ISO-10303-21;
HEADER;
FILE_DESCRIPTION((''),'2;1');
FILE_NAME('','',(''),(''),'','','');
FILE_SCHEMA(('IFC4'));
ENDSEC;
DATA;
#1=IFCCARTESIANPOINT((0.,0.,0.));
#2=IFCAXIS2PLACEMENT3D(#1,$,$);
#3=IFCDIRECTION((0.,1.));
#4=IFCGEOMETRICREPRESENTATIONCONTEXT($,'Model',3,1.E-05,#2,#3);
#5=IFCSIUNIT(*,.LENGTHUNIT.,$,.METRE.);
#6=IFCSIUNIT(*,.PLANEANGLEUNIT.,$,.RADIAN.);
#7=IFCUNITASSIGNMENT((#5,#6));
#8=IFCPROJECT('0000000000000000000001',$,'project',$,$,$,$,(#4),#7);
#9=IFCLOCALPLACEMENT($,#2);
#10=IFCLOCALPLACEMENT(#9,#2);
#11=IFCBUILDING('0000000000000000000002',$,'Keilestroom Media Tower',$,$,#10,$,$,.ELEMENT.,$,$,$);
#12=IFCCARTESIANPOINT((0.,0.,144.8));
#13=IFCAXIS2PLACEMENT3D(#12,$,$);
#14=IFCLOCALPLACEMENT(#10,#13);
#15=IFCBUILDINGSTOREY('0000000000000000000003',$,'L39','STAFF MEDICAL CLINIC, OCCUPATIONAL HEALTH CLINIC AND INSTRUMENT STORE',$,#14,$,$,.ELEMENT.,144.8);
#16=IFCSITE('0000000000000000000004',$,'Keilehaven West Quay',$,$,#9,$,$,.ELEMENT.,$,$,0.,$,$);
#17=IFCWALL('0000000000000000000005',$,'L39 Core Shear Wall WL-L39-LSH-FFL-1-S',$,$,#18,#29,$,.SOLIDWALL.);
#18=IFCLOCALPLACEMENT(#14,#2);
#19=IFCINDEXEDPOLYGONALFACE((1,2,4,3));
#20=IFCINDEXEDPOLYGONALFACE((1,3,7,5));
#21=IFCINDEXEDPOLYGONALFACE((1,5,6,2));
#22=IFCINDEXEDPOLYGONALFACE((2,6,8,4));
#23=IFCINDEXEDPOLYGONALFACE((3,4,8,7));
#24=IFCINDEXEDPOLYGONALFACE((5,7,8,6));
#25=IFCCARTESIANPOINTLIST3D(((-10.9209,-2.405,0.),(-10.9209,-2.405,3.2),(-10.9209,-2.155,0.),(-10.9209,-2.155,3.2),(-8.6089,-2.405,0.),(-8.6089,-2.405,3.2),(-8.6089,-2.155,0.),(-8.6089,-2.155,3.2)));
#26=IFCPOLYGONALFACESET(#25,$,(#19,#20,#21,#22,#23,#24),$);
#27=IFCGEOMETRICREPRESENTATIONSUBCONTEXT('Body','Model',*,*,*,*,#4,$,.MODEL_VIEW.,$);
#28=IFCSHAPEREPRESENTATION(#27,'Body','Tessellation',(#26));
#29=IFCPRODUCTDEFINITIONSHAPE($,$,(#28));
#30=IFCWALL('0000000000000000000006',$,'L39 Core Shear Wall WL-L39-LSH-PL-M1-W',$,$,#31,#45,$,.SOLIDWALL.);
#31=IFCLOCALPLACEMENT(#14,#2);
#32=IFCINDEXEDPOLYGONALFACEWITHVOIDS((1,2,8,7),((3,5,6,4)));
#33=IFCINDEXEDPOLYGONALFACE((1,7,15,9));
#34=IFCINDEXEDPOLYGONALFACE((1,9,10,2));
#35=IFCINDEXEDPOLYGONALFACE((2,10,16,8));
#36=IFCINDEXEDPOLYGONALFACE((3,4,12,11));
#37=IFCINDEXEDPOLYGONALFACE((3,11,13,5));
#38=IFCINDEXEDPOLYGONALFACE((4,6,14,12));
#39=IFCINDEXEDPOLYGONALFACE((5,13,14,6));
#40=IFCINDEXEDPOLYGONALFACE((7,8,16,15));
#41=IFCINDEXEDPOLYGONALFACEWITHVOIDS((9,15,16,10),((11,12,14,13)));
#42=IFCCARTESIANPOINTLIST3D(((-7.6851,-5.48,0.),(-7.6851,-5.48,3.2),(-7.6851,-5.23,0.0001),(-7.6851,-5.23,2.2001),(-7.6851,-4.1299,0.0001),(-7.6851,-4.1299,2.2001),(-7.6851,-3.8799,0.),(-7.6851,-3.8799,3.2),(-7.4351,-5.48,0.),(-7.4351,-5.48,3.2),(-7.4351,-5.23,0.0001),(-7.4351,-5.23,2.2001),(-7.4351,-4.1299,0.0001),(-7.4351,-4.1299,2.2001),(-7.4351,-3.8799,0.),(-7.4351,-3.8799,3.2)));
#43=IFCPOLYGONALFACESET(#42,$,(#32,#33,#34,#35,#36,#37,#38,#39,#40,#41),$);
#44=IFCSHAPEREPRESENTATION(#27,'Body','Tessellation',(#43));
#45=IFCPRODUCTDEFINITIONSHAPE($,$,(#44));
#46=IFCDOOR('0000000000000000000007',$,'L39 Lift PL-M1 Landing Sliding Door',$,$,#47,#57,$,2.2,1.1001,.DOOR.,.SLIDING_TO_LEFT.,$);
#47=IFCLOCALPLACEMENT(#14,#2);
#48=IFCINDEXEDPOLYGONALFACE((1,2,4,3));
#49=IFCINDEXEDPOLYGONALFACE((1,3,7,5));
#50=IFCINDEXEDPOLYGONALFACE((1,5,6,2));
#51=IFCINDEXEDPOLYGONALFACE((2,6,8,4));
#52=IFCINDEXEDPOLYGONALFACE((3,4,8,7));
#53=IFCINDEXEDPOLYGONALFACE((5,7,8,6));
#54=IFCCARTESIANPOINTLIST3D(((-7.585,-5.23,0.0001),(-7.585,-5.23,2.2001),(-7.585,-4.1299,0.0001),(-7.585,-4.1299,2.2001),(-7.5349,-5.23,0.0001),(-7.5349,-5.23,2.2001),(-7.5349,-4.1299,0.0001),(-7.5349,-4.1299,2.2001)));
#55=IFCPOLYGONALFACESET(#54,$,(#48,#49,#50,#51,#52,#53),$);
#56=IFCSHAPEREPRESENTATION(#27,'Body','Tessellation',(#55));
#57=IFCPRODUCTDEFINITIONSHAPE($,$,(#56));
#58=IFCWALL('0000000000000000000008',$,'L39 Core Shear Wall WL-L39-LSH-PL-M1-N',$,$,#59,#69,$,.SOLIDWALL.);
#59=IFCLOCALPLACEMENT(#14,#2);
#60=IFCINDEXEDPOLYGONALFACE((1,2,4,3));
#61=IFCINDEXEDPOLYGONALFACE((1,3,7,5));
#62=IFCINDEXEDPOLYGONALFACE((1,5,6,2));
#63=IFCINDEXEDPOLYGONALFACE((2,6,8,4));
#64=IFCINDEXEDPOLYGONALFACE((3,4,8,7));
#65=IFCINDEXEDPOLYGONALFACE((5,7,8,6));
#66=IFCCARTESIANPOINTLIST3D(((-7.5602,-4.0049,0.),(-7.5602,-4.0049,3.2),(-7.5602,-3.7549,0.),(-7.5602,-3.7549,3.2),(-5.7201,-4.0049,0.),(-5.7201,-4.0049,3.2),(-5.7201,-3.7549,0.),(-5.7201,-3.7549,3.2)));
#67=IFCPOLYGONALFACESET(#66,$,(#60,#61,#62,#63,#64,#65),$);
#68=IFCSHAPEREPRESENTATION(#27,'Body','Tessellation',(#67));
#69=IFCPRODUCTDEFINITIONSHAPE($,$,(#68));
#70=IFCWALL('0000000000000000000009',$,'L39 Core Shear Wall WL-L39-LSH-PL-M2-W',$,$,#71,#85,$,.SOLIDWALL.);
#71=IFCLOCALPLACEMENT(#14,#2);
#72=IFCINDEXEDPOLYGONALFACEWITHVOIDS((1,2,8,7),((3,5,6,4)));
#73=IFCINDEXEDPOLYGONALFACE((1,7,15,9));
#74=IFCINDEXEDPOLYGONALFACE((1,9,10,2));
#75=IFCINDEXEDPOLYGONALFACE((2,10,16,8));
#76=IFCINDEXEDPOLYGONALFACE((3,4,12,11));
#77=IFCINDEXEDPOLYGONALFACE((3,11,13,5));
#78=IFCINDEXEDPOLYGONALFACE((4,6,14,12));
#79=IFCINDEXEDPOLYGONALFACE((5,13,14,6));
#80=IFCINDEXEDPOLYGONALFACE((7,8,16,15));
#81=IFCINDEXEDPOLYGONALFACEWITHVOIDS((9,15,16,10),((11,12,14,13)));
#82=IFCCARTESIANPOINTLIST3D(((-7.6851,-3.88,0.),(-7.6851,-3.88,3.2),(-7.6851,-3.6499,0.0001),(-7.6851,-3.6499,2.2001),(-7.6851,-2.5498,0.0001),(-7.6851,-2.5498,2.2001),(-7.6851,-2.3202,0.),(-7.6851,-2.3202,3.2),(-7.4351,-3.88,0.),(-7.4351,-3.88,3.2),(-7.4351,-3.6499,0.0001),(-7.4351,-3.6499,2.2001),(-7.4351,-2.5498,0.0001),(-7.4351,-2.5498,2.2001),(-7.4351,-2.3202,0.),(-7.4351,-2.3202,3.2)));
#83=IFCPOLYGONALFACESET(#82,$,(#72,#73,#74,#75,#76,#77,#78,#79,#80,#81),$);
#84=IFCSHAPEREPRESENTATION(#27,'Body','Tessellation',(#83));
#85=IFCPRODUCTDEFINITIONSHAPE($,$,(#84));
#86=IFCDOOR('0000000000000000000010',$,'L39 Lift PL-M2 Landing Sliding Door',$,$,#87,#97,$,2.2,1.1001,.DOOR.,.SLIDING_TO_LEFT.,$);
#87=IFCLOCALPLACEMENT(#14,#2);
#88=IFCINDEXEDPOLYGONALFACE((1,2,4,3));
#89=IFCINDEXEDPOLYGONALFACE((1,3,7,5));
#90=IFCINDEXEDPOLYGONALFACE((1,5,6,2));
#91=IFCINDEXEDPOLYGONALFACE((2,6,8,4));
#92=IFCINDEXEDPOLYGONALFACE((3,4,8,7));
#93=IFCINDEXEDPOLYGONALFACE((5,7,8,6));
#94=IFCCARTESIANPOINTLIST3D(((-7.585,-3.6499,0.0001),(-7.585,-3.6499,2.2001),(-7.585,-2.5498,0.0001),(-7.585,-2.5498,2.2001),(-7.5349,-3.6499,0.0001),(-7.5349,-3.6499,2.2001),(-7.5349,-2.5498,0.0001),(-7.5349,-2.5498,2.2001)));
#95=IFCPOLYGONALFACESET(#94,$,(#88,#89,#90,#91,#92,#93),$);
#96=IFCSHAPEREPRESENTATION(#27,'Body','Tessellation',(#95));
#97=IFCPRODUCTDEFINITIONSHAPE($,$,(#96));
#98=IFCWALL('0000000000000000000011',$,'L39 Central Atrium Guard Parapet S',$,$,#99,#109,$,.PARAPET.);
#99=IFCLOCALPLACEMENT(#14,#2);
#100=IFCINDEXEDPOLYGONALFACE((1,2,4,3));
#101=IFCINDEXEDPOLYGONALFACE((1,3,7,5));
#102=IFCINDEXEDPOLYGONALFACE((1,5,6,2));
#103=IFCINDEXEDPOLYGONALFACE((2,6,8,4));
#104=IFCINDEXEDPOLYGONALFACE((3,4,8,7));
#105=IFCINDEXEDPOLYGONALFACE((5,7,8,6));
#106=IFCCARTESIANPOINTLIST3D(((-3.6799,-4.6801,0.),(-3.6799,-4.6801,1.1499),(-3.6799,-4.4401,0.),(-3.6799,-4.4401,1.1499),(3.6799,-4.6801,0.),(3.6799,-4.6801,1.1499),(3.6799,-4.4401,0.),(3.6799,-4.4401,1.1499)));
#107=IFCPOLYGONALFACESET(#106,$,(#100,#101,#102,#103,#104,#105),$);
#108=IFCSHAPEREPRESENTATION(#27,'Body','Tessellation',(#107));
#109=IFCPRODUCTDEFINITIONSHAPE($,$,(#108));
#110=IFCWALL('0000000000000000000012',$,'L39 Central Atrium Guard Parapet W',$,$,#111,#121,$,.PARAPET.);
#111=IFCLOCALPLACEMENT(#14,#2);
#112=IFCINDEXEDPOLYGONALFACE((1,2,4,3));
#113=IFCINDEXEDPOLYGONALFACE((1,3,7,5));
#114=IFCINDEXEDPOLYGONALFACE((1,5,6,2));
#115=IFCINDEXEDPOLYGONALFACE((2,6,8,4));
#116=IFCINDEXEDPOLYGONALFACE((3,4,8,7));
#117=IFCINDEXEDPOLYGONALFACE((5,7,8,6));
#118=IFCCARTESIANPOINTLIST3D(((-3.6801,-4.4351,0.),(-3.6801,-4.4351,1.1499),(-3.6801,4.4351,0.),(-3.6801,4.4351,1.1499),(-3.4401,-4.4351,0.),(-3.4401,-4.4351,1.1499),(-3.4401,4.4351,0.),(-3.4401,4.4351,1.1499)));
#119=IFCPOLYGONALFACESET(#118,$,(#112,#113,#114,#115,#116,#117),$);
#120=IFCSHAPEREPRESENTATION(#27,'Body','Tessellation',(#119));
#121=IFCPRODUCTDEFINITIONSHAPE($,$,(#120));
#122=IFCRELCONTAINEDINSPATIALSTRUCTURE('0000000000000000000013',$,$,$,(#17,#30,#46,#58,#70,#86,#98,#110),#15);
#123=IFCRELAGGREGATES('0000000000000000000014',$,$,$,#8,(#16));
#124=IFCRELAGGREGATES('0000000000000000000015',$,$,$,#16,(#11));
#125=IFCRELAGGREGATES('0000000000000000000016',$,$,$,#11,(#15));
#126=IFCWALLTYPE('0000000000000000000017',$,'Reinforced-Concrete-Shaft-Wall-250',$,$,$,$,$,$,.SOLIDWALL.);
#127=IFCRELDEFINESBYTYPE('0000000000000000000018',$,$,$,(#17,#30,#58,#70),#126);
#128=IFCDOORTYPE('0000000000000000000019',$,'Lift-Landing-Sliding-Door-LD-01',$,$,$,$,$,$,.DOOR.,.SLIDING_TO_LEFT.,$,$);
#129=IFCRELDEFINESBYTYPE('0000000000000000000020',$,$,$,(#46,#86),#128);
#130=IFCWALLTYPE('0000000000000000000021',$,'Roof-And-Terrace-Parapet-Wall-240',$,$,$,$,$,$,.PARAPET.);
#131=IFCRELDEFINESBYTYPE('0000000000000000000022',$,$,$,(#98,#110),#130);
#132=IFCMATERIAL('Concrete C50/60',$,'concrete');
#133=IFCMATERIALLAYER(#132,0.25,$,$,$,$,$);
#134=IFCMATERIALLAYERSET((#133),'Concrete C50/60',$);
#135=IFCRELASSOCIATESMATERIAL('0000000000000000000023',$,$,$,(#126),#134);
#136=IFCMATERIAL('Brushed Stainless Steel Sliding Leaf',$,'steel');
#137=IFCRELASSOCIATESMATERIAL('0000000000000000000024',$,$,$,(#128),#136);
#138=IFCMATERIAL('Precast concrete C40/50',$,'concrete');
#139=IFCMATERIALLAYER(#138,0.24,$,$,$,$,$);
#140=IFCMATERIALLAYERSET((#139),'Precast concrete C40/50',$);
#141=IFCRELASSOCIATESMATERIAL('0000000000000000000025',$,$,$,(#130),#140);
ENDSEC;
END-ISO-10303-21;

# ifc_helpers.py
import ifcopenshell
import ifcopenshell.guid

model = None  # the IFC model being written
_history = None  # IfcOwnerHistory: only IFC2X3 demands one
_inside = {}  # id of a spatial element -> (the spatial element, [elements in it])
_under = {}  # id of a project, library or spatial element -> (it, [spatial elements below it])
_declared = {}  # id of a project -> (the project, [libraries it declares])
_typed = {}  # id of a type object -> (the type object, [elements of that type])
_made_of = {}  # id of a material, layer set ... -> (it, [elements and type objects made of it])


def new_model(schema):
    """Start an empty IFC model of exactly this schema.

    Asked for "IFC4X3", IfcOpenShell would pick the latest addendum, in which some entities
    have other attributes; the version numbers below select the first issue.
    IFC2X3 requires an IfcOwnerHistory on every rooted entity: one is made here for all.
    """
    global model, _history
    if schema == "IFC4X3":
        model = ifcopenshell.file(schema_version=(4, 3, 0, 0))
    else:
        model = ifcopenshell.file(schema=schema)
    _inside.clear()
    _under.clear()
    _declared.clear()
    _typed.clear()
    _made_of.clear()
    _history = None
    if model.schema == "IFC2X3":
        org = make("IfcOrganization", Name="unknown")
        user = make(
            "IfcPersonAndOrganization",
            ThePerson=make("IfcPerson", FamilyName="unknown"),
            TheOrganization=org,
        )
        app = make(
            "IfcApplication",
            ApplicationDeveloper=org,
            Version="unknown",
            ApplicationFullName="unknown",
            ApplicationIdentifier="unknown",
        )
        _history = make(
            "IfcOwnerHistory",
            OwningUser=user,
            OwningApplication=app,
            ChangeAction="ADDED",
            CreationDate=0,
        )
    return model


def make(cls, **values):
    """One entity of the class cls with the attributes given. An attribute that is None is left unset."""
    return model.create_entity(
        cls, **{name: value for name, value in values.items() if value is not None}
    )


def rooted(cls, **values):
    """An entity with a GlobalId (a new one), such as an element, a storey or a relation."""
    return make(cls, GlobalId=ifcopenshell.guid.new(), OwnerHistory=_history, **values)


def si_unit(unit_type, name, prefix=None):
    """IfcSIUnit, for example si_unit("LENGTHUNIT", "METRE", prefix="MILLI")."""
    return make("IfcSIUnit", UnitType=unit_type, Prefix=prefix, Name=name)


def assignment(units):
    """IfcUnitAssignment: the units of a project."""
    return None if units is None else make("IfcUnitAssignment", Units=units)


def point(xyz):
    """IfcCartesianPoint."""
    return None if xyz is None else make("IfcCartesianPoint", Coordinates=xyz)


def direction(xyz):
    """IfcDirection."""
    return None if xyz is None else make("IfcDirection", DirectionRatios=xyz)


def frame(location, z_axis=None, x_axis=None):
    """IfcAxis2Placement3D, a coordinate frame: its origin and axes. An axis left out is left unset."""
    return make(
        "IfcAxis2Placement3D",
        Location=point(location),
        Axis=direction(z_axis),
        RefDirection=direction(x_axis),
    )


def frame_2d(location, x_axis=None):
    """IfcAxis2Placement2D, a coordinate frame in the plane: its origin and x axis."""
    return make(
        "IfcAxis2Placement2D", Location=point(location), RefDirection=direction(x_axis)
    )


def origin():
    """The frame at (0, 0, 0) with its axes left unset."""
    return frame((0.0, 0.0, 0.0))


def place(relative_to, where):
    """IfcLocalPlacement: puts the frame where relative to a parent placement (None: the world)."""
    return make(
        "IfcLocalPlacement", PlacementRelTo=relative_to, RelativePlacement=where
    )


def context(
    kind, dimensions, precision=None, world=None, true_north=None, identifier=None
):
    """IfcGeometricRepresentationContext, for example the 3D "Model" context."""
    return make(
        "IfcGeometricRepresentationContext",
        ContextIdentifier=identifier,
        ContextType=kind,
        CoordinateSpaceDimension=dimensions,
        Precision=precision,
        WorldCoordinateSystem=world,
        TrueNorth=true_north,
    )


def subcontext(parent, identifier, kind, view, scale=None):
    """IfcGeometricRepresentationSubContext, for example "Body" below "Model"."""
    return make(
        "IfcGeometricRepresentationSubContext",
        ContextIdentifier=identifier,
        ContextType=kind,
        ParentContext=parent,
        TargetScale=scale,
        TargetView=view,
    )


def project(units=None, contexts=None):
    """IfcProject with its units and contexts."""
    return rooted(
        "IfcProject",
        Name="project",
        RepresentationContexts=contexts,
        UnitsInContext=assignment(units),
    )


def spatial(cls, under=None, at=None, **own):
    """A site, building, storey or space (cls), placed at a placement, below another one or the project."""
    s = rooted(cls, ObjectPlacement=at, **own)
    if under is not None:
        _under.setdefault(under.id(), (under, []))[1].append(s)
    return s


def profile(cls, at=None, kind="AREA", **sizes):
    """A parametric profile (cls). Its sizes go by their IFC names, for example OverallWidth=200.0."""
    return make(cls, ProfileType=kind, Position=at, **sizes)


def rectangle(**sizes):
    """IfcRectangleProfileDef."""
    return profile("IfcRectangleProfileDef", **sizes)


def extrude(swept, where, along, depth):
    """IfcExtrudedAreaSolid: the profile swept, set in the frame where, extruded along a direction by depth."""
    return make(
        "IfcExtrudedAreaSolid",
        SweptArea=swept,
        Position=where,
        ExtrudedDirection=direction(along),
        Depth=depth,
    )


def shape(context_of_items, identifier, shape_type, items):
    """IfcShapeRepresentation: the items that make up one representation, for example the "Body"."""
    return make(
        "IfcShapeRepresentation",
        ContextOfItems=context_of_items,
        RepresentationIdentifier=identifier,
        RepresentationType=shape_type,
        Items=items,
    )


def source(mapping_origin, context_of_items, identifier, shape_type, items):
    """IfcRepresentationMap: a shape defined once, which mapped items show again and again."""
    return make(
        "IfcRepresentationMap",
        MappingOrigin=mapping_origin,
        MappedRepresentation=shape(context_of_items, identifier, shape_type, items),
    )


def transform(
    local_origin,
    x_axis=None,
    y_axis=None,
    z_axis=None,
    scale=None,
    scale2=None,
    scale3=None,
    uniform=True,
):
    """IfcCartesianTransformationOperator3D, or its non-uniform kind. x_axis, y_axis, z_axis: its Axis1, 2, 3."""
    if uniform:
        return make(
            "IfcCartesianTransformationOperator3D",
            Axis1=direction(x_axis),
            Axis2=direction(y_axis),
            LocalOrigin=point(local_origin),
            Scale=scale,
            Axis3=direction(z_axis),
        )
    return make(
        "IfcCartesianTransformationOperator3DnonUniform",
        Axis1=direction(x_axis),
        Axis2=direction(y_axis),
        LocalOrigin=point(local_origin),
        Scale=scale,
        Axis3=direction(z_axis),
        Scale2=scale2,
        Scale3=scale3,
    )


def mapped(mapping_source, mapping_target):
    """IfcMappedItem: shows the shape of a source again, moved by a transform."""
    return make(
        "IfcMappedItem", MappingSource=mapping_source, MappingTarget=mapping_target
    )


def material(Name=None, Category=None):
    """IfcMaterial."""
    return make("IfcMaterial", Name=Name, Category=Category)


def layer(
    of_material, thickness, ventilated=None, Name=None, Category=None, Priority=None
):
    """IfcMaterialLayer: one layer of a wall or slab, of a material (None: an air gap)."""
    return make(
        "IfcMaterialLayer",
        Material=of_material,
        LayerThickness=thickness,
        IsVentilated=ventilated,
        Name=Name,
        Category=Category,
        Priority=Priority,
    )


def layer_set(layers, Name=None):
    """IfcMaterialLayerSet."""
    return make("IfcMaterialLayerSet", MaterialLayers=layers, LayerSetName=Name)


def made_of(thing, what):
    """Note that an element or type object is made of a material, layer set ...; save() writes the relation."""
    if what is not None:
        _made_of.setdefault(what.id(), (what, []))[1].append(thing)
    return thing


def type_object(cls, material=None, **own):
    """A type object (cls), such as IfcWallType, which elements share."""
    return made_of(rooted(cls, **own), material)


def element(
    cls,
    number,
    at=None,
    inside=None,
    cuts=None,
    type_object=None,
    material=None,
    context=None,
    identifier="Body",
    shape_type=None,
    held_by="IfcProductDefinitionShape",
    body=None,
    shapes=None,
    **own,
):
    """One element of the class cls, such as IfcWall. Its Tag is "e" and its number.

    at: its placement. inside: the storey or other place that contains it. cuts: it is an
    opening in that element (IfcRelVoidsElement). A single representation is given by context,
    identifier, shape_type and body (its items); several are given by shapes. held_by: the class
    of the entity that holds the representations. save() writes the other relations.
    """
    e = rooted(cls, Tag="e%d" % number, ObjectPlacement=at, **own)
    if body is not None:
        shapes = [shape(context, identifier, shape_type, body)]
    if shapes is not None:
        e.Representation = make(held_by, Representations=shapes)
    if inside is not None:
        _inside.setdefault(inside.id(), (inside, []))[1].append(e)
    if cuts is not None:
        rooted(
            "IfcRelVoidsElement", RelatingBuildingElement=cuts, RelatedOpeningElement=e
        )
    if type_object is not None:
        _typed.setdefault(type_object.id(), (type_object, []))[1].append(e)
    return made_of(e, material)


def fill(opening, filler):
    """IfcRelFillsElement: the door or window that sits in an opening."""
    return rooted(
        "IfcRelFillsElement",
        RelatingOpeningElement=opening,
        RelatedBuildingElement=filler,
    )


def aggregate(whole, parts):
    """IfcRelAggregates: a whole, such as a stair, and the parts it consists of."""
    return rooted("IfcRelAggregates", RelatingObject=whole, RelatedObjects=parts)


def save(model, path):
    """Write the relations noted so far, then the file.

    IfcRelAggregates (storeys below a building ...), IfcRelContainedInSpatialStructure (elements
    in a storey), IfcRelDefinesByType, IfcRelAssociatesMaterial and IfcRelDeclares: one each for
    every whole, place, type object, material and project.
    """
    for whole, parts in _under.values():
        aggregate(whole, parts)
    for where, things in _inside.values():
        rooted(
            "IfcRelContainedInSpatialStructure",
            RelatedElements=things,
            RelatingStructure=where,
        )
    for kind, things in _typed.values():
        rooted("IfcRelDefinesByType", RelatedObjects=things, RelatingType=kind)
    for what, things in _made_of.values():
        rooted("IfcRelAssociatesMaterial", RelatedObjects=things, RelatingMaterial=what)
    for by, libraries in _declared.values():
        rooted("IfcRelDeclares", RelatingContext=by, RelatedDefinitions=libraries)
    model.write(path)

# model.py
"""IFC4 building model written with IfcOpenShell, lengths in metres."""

from ifc_helpers import new_model, si_unit, direction, frame, frame_2d, origin, place, context, subcontext, project, spatial, rectangle, extrude, source, transform, mapped, material, layer, layer_set, type_object, element, fill, save


model = new_model("IFC4")

# Units and contexts
model_context = context("Model", 3, precision=1e-05, world=origin(), true_north=direction((0.0, 1.0)))
body_context = subcontext(model_context, "Body", "Model", "MODEL_VIEW")
ifc_project = project(units=[si_unit("LENGTHUNIT", "METRE"), si_unit("PLANEANGLEUNIT", "RADIAN")], contexts=[model_context])

# Site, building, storey
site_placement = place(None, origin())
site = spatial("IfcSite", under=ifc_project, at=site_placement, Name="Keilehaven West Quay", CompositionType="ELEMENT", RefElevation=0.0)
building_placement = place(site_placement, origin())
building = spatial("IfcBuilding", under=site, at=building_placement, Name="Keilestroom Media Tower", CompositionType="ELEMENT")
storey_placement = place(building_placement, frame((0.0, 0.0, 144.8)))
storey = spatial("IfcBuildingStorey", under=building, at=storey_placement, Name="L39", Description="STAFF MEDICAL CLINIC, OCCUPATIONAL HEALTH CLINIC AND INSTRUMENT STORE", CompositionType="ELEMENT", Elevation=144.8)

# Shared definitions
ifc_material_1 = material(Name="Concrete C50/60", Category="concrete")
ifc_layer_1 = layer(ifc_material_1, 0.25)
ifc_layer_set_1 = layer_set([ifc_layer_1], Name="Concrete C50/60")
wall_type_1 = type_object("IfcWallType", Name="Reinforced-Concrete-Shaft-Wall-250", PredefinedType="SOLIDWALL", material=ifc_layer_set_1)

# Shared definitions
ifc_material_2 = material(Name="Brushed Stainless Steel Sliding Leaf", Category="steel")

# Wall
wall_1_placement = place(storey_placement, frame((-10.9209, -2.28, 0.0), z_axis=(0.0, 0.0, 1.0), x_axis=(1.0, 0.0, 0.0)))
element("IfcWall", 1, at=wall_1_placement, inside=storey, type_object=wall_type_1, Name="L39 Core Shear Wall WL-L39-LSH-FFL-1-S", PredefinedType="SOLIDWALL", context=body_context, shape_type="SweptSolid", body=[
    extrude(rectangle(XDim=2.312, YDim=0.25, at=frame_2d((1.156, 0.0))), origin(), (0.0, 0.0, 1.0), 3.2),
])

# Wall, opening, door
wall_2_placement = place(storey_placement, frame((-7.5601, -5.48, 0.0), z_axis=(0.0, 0.0, 1.0), x_axis=(0.0, 1.0, 0.0)))
wall_2 = element("IfcWall", 2, at=wall_2_placement, inside=storey, type_object=wall_type_1, Name="L39 Core Shear Wall WL-L39-LSH-PL-M1-W", PredefinedType="SOLIDWALL", context=body_context, shape_type="SweptSolid", body=[
    extrude(rectangle(XDim=1.6001, YDim=0.25, at=frame_2d((0.8, 0.0))), origin(), (0.0, 0.0, 1.0), 3.2),
])
opening_1_placement = place(wall_2_placement, frame((0.25, 0.0, 0.0)))
opening_1 = element("IfcOpeningElement", 3, at=opening_1_placement, cuts=wall_2, PredefinedType="OPENING", context=body_context, shape_type="SweptSolid", body=[
    extrude(rectangle(XDim=1.1001, YDim=2.2, at=frame_2d((0.55, 1.1001))), frame((0.0, 0.135, 0.0), z_axis=(0.0, -1.0, 0.0), x_axis=(1.0, 0.0, 0.0)), (0.0, 0.0, 1.0), 0.27),
])
door_type_1 = type_object("IfcDoorType", Name="Lift-Landing-Sliding-Door-LD-01", OperationType="SLIDING_TO_LEFT", PredefinedType="DOOR", material=ifc_material_2)
shared_shape_1 = source(origin(), body_context, "Body", "SweptSolid", [
    extrude(rectangle(XDim=1.1001, YDim=2.2, at=frame_2d((0.55, 1.1001))), frame((0.0, 0.0249, 0.0), z_axis=(0.0, -1.0, 0.0), x_axis=(1.0, 0.0, 0.0)), (0.0, 0.0, 1.0), 0.05),
])
door_1_placement = place(opening_1_placement, origin())
door_1 = element("IfcDoor", 4, at=door_1_placement, inside=storey, type_object=door_type_1, Name="L39 Lift PL-M1 Landing Sliding Door", OperationType="SLIDING_TO_LEFT", OverallHeight=2.2, OverallWidth=1.1001, PredefinedType="DOOR", context=body_context, shape_type="MappedRepresentation", body=[
    mapped(shared_shape_1, transform((0.0, 0.0, 0.0), x_axis=(1.0, 0.0, 0.0), y_axis=(0.0, 1.0, 0.0), z_axis=(0.0, 0.0, 1.0), scale=1.0)),
])
fill(opening_1, door_1)

# Wall
wall_3_placement = place(storey_placement, frame((-7.5601, -3.8799, 0.0), z_axis=(0.0, 0.0, 1.0), x_axis=(1.0, 0.0, 0.0)))
element("IfcWall", 5, at=wall_3_placement, inside=storey, type_object=wall_type_1, Name="L39 Core Shear Wall WL-L39-LSH-PL-M1-N", PredefinedType="SOLIDWALL", context=body_context, shape_type="SweptSolid", body=[
    extrude(rectangle(XDim=1.8401, YDim=0.25, at=frame_2d((0.9199, 0.0))), origin(), (0.0, 0.0, 1.0), 3.2),
])

# Wall, opening, door
wall_4_placement = place(storey_placement, frame((-7.5601, -3.8799, 0.0), z_axis=(0.0, 0.0, 1.0), x_axis=(0.0, 1.0, 0.0)))
wall_4 = element("IfcWall", 6, at=wall_4_placement, inside=storey, type_object=wall_type_1, Name="L39 Core Shear Wall WL-L39-LSH-PL-M2-W", PredefinedType="SOLIDWALL", context=body_context, shape_type="SweptSolid", body=[
    extrude(rectangle(XDim=1.5598, YDim=0.25, at=frame_2d((0.7798, 0.0))), origin(), (0.0, 0.0, 1.0), 3.2),
])
opening_2_placement = place(wall_4_placement, frame((0.23, 0.0, 0.0)))
opening_2 = element("IfcOpeningElement", 7, at=opening_2_placement, cuts=wall_4, PredefinedType="OPENING", context=body_context, shape_type="SweptSolid", body=[
    extrude(rectangle(XDim=1.1001, YDim=2.2, at=frame_2d((0.55, 1.1001))), frame((0.0, 0.135, 0.0), z_axis=(0.0, -1.0, 0.0), x_axis=(1.0, 0.0, 0.0)), (0.0, 0.0, 1.0), 0.27),
])
door_2_placement = place(opening_2_placement, origin())
door_2 = element("IfcDoor", 8, at=door_2_placement, inside=storey, type_object=door_type_1, Name="L39 Lift PL-M2 Landing Sliding Door", OperationType="SLIDING_TO_LEFT", OverallHeight=2.2, OverallWidth=1.1001, PredefinedType="DOOR", context=body_context, shape_type="MappedRepresentation", body=[
    mapped(shared_shape_1, transform((0.0, 0.0, 0.0), x_axis=(1.0, 0.0, 0.0), y_axis=(0.0, 1.0, 0.0), z_axis=(0.0, 0.0, 1.0), scale=1.0)),
])
fill(opening_2, door_2)

# Walls
ifc_material_3 = material(Name="Precast concrete C40/50", Category="concrete")
ifc_layer_2 = layer(ifc_material_3, 0.24)
ifc_layer_set_2 = layer_set([ifc_layer_2], Name="Precast concrete C40/50")
wall_type_2 = type_object("IfcWallType", Name="Roof-And-Terrace-Parapet-Wall-240", PredefinedType="PARAPET", material=ifc_layer_set_2)
wall_5_placement = place(storey_placement, frame((-3.6799, -4.5601, 0.0), z_axis=(0.0, 0.0, 1.0), x_axis=(1.0, 0.0, 0.0)))
element("IfcWall", 9, at=wall_5_placement, inside=storey, type_object=wall_type_2, Name="L39 Central Atrium Guard Parapet S", PredefinedType="PARAPET", context=body_context, shape_type="SweptSolid", body=[
    extrude(rectangle(XDim=7.3599, YDim=0.24, at=frame_2d((3.6799, 0.0))), origin(), (0.0, 0.0, 1.0), 1.1499),
])
wall_6_placement = place(storey_placement, frame((-3.5601, -4.4351, 0.0), z_axis=(0.0, 0.0, 1.0), x_axis=(0.0, 1.0, 0.0)))
element("IfcWall", 10, at=wall_6_placement, inside=storey, type_object=wall_type_2, Name="L39 Central Atrium Guard Parapet W", PredefinedType="PARAPET", context=body_context, shape_type="SweptSolid", body=[
    extrude(rectangle(XDim=8.8701, YDim=0.24, at=frame_2d((4.4351, 0.0))), origin(), (0.0, 0.0, 1.0), 1.1499),
])

save(model, "model.ifc")
